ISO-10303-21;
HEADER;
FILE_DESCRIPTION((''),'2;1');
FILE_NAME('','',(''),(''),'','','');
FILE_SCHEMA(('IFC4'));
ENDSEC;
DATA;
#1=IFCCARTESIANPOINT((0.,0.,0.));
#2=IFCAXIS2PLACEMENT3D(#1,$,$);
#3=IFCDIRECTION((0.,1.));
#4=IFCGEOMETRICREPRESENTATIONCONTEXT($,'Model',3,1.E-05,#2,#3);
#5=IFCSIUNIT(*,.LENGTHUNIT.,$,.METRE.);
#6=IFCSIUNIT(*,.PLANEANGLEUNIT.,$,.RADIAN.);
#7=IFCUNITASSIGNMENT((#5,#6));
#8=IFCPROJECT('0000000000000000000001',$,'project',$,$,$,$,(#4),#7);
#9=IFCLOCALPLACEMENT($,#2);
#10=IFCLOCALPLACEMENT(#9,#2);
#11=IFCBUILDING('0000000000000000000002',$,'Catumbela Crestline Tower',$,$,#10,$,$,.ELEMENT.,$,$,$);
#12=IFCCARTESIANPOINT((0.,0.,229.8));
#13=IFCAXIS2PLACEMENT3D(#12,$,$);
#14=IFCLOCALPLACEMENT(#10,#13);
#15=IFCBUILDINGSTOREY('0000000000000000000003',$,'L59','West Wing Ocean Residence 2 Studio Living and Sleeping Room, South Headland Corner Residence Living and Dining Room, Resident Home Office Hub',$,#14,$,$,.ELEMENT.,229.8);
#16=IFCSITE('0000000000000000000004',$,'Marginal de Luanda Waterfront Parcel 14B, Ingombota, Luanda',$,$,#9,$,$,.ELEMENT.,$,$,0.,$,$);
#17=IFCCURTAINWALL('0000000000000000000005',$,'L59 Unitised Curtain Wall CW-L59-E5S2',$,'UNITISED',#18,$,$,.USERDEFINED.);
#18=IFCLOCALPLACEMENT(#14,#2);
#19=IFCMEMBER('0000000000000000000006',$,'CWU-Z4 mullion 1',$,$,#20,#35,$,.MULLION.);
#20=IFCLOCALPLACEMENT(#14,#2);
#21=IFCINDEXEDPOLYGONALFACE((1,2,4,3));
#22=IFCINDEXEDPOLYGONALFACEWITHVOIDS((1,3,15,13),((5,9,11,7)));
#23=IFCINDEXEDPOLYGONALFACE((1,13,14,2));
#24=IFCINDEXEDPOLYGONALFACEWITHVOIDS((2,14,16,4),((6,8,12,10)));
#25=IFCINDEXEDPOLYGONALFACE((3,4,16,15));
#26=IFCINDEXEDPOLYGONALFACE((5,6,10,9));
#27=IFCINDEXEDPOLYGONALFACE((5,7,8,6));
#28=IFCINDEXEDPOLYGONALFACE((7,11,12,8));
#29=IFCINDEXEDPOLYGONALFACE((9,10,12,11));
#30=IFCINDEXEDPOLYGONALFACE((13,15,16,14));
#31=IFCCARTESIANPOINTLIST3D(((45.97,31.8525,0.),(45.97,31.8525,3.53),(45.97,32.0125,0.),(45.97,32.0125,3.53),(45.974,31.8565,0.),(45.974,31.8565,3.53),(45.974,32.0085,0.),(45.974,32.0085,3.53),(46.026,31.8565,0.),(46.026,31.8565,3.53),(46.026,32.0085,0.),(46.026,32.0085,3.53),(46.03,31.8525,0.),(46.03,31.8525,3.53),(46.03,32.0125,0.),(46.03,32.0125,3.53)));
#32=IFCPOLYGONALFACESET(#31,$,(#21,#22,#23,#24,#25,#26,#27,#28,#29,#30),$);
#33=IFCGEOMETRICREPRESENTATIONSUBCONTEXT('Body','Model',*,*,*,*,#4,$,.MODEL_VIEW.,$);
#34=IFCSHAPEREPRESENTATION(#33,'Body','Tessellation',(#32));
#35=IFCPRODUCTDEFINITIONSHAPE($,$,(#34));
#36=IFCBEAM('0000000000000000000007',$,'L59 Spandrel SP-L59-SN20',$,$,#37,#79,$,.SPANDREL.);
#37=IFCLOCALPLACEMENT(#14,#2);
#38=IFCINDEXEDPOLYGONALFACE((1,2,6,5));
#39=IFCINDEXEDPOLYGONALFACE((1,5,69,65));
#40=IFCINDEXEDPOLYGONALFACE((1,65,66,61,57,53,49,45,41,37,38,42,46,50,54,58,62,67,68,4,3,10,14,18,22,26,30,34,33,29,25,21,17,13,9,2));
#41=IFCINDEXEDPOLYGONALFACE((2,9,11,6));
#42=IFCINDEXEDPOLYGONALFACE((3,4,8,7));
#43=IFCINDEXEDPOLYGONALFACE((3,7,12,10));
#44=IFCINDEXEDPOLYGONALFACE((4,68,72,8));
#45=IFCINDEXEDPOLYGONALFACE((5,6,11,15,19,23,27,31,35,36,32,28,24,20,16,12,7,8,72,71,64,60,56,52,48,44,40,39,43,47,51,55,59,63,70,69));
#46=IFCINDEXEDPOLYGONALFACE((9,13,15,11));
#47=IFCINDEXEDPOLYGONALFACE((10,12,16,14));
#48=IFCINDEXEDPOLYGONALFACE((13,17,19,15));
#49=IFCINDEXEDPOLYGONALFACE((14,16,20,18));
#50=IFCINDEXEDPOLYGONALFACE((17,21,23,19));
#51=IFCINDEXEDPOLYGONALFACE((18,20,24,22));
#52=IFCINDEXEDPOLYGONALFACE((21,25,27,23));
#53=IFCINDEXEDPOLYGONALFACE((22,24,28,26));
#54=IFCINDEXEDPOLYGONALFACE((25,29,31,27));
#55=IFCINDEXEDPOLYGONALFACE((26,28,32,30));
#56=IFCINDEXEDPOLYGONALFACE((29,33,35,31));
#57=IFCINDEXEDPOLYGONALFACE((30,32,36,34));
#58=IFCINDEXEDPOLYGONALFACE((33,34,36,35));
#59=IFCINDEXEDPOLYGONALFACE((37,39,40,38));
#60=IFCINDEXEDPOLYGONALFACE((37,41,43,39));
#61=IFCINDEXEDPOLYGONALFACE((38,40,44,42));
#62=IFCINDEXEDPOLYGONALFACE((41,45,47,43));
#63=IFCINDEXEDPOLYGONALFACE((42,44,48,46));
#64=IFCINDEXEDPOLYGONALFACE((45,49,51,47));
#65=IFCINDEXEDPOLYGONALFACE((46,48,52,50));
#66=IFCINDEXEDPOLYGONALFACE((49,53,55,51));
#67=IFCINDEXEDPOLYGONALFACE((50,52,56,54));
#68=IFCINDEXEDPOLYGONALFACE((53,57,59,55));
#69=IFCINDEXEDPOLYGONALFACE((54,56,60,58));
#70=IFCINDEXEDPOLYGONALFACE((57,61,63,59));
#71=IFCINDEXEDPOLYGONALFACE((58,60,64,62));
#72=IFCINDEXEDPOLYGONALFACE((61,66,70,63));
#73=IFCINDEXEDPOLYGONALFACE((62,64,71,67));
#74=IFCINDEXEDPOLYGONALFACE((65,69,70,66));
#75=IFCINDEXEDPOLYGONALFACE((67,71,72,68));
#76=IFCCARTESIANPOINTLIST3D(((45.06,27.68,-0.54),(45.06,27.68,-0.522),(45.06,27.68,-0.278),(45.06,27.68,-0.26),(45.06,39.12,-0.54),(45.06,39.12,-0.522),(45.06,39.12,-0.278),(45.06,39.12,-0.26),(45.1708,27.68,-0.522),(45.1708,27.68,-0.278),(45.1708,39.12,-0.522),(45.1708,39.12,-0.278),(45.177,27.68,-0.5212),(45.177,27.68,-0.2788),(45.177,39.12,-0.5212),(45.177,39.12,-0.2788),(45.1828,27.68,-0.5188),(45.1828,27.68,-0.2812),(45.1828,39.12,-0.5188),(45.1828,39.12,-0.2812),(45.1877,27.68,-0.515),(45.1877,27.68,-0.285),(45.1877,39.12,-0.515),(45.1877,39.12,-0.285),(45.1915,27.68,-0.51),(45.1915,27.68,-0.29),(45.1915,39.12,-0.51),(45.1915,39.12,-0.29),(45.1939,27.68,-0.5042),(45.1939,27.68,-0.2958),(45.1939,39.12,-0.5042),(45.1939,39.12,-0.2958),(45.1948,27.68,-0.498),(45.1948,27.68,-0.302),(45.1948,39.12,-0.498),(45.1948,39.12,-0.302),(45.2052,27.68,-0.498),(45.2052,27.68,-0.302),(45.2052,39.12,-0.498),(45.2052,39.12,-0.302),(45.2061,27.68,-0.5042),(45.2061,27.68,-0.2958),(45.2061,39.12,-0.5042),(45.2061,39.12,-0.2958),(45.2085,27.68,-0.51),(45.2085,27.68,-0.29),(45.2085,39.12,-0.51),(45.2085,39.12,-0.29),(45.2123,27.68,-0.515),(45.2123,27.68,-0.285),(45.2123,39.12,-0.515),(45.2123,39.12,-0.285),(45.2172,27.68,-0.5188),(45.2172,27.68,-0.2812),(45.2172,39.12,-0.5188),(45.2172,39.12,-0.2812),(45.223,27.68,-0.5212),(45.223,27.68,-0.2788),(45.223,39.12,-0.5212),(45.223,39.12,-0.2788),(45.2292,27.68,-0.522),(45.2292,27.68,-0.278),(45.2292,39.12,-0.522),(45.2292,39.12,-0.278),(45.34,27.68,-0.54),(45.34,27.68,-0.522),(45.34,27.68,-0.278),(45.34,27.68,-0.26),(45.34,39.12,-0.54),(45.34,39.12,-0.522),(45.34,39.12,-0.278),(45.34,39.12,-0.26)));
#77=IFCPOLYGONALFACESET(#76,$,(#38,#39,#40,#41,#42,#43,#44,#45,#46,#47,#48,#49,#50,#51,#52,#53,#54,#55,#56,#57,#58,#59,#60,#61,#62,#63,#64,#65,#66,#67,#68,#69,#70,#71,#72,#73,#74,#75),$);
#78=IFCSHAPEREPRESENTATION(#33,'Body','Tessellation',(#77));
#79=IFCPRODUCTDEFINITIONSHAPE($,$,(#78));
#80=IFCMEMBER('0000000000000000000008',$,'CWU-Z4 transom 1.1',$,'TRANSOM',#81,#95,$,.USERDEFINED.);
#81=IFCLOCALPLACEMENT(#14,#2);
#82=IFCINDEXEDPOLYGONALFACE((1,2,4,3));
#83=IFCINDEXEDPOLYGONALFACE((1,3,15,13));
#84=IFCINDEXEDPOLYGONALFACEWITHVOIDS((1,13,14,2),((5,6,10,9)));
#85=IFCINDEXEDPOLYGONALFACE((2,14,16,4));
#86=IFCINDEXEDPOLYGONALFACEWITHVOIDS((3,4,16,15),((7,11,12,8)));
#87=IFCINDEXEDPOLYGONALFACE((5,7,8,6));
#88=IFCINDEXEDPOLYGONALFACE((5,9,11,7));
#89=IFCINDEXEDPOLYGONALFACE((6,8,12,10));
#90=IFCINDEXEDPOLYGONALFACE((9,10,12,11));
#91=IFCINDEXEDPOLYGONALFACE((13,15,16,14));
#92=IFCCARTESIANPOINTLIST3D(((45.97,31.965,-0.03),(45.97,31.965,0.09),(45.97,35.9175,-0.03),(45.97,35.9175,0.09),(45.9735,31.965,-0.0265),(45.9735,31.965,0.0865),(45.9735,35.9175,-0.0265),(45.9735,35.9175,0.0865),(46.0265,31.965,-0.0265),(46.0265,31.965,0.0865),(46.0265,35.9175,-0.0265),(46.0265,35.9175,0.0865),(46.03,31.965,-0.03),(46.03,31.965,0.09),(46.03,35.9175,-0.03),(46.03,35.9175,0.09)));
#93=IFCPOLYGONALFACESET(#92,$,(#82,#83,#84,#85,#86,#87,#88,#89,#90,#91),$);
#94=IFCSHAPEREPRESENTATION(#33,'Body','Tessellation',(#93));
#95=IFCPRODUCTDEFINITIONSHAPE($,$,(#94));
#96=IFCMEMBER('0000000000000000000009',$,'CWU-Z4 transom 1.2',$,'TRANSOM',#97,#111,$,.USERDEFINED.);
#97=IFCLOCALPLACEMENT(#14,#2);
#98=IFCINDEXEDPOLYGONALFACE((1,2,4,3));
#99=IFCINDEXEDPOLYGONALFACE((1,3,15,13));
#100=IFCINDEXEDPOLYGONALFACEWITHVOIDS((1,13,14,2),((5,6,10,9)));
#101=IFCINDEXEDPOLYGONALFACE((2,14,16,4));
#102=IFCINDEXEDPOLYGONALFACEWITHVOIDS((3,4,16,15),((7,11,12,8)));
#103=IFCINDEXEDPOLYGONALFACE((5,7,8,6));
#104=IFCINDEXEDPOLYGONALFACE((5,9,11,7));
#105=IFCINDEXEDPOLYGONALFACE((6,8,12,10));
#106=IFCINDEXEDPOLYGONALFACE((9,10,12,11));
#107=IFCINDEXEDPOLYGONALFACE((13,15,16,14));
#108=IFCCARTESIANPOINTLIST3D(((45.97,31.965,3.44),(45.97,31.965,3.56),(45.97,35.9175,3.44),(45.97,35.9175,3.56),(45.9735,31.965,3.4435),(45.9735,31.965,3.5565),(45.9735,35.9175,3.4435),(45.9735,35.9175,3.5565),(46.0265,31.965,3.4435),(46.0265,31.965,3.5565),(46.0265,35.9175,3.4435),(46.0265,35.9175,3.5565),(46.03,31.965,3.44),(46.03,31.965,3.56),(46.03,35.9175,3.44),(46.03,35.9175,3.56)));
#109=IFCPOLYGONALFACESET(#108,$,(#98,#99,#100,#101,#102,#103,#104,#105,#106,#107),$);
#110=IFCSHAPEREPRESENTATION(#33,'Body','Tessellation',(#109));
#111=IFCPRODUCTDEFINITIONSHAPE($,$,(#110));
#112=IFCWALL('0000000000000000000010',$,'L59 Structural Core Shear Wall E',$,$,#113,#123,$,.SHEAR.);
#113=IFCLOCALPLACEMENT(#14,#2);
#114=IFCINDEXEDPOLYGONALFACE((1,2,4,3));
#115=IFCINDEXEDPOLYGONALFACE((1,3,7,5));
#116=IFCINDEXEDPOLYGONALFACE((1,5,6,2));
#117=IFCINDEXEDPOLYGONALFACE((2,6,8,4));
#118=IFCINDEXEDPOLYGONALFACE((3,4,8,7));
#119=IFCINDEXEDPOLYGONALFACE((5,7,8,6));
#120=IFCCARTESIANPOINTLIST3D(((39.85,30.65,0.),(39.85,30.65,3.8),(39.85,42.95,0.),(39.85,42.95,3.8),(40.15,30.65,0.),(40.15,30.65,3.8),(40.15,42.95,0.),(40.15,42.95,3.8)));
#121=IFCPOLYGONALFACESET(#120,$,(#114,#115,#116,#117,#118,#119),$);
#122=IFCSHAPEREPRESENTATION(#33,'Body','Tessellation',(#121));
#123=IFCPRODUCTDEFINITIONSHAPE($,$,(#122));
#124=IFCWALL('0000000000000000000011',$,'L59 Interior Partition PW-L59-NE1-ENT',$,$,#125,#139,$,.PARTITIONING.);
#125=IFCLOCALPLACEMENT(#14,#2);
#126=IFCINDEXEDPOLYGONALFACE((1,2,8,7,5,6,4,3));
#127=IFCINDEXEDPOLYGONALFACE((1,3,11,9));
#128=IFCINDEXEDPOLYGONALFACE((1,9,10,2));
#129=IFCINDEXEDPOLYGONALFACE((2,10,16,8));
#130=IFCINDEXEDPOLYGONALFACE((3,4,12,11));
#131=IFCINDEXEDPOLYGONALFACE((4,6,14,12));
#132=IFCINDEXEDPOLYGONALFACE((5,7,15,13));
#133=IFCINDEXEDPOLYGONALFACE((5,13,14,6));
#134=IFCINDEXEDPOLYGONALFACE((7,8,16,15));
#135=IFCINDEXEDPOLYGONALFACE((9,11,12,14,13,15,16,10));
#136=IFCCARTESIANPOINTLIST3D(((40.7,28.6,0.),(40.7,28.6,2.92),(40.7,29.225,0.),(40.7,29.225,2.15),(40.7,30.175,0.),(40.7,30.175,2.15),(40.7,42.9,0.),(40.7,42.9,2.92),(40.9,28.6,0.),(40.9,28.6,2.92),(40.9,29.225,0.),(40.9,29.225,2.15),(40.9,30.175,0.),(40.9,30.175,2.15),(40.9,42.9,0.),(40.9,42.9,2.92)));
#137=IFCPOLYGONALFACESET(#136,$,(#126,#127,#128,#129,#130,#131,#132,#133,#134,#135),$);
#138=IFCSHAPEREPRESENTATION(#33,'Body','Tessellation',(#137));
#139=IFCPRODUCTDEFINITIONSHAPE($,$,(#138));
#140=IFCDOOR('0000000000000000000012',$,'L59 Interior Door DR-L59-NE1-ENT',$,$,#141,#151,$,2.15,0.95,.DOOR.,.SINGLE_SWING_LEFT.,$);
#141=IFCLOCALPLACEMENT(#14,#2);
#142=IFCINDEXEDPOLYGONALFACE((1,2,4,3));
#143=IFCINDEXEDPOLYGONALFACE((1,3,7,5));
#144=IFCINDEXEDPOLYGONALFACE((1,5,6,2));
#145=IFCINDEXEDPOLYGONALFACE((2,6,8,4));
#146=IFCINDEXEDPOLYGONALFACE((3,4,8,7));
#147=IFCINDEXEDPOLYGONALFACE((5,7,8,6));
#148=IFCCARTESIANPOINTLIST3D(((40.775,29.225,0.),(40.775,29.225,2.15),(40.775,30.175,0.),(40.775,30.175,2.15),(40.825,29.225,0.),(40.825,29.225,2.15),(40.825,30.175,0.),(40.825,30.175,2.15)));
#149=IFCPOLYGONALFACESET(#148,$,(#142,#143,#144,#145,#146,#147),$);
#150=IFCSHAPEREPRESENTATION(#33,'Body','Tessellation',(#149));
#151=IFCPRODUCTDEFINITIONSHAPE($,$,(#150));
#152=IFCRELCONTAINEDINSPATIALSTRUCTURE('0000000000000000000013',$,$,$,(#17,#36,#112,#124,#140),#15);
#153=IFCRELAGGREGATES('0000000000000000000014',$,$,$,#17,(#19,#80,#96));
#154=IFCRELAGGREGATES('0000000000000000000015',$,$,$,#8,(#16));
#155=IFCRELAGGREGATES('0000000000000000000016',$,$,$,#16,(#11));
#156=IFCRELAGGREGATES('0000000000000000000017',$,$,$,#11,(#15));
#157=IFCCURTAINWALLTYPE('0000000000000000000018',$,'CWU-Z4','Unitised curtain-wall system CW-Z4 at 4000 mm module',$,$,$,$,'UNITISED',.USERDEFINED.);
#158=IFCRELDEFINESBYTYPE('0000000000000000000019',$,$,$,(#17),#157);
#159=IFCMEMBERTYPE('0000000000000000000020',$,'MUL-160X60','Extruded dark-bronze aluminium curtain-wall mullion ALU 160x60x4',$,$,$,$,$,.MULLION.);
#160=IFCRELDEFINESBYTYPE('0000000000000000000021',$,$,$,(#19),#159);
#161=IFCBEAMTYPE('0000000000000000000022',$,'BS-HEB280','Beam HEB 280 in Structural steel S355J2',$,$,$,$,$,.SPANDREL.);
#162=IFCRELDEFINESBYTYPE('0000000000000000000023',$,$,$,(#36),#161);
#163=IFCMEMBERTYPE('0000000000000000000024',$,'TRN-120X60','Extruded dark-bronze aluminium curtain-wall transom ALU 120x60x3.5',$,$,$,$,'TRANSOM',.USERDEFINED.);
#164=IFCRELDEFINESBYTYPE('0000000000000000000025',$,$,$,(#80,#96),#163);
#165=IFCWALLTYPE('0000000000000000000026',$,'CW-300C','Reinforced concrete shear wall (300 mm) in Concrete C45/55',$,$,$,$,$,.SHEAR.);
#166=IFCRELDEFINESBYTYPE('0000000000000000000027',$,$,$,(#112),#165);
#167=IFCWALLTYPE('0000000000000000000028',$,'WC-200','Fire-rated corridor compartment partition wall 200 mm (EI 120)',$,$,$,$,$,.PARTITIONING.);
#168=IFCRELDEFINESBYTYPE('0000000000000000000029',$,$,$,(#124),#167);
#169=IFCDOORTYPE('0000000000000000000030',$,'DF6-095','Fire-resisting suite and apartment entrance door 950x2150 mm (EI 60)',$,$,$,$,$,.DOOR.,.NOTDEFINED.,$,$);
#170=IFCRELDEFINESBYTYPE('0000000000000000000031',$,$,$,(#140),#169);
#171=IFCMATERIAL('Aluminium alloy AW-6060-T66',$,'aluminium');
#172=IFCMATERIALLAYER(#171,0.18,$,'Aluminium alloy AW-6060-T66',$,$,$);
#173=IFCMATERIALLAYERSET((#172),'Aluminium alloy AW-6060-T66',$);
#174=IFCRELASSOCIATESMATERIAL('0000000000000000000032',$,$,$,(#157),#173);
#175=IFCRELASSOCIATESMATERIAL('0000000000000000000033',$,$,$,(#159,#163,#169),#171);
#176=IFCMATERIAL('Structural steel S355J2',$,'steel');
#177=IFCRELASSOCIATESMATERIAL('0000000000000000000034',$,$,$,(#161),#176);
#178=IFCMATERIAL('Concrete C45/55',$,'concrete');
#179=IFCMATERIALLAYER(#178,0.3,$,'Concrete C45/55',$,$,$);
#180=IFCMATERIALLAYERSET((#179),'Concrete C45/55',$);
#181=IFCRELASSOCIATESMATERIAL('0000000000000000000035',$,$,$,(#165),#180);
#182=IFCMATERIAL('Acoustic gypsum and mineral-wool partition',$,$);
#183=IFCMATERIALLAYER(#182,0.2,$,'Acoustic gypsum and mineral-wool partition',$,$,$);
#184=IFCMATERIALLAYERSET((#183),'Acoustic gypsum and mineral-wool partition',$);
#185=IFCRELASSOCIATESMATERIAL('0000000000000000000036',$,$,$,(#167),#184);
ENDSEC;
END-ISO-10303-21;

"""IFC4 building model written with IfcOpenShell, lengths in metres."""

from ifc_helpers import new_model, si_unit, direction, frame, frame_2d, origin, origin_2d, place, context, subcontext, project, spatial, rectangle, hollow_rectangle, i_section, extrude, material, layer, layer_set, material_profile, profile_set, type_object, element, fill, aggregate, save


model = new_model("IFC4")

# Units and contexts
model_context = context("Model", 3, precision=1e-05, world=origin(), true_north=direction((0.0, 1.0)))
body_context = subcontext(model_context, "Body", "Model", "MODEL_VIEW")
ifc_project = project(units=[si_unit("LENGTHUNIT", "METRE"), si_unit("PLANEANGLEUNIT", "RADIAN")], contexts=[model_context])

# Site, building, storey
site_placement = place(None, origin())
site = spatial("IfcSite", under=ifc_project, at=site_placement, Name="Marginal de Luanda Waterfront Parcel 14B, Ingombota, Luanda", CompositionType="ELEMENT", RefElevation=0.0)
building_placement = place(site_placement, origin())
building = spatial("IfcBuilding", under=site, at=building_placement, Name="Catumbela Crestline Tower", CompositionType="ELEMENT")
storey_placement = place(building_placement, frame((0.0, 0.0, 229.8)))
storey = spatial("IfcBuildingStorey", under=building, at=storey_placement, Name="L59", Description="West Wing Ocean Residence 2 Studio Living and Sleeping Room, South Headland Corner Residence Living and Dining Room, Resident Home Office Hub", CompositionType="ELEMENT", Elevation=229.8)

# Shared definitions
ifc_material_1 = material(Name="Structural steel S355J2", Category="steel")

# Curtain wall, member
ifc_material_2 = material(Name="Aluminium alloy AW-6060-T66", Category="aluminium")
ifc_layer_1 = layer(ifc_material_2, 0.18, Name="Aluminium alloy AW-6060-T66")
ifc_layer_set_1 = layer_set([ifc_layer_1], Name="Aluminium alloy AW-6060-T66")
curtain_wall_type = type_object("IfcCurtainWallType", Name="CWU-Z4", Description="Unitised curtain-wall system CW-Z4 at 4000 mm module", ElementType="UNITISED", PredefinedType="USERDEFINED", material=ifc_layer_set_1)
curtain_wall_placement = place(storey_placement, origin())
curtain_wall = element("IfcCurtainWall", 1, at=curtain_wall_placement, inside=storey, type_object=curtain_wall_type, Name="L59 Unitised Curtain Wall CW-L59-E5S2", ObjectType="UNITISED", PredefinedType="USERDEFINED")
ifc_material_profile_1 = material_profile(ifc_material_2, hollow_rectangle(XDim=0.06, YDim=0.16, WallThickness=0.004, at=origin_2d()), Name="ALU 160x60x4")
ifc_profile_set_1 = profile_set([ifc_material_profile_1], Name="Aluminium alloy AW-6060-T66")
member_type_1 = type_object("IfcMemberType", Name="MUL-160X60", Description="Extruded dark-bronze aluminium curtain-wall mullion ALU 160x60x4", PredefinedType="MULLION", material=ifc_profile_set_1)
member_1_placement = place(storey_placement, frame((46.0, 31.9325, 0.0), z_axis=(0.0, 0.0, 1.0), x_axis=(-1.0, 0.0, 0.0)))
member_1 = element("IfcMember", 2, at=member_1_placement, type_object=member_type_1, Name="CWU-Z4 mullion 1", PredefinedType="MULLION", context=body_context, shape_type="SweptSolid", body=[
    extrude(hollow_rectangle(XDim=0.06, YDim=0.16, WallThickness=0.004, at=origin_2d()), origin(), (0.0, 0.0, 1.0), 3.53),
])

# Beam
ifc_material_profile_2 = material_profile(ifc_material_1, i_section(OverallWidth=0.28, OverallDepth=0.28, WebThickness=0.0105, FlangeThickness=0.018, FilletRadius=0.024, at=origin_2d()), Name="HEB 280")
ifc_profile_set_2 = profile_set([ifc_material_profile_2], Name="Structural steel S355J2")
beam_type_1 = type_object("IfcBeamType", Name="BS-HEB280", Description="Beam HEB 280 in Structural steel S355J2", PredefinedType="SPANDREL", material=ifc_profile_set_2)
beam_1_placement = place(storey_placement, frame((45.2, 27.68, -0.4), z_axis=(0.0, 1.0, 0.0), x_axis=(-1.0, 0.0, 0.0)))
element("IfcBeam", 3, at=beam_1_placement, inside=storey, type_object=beam_type_1, Name="L59 Spandrel SP-L59-SN20", PredefinedType="SPANDREL", context=body_context, shape_type="SweptSolid", body=[
    extrude(i_section(OverallWidth=0.28, OverallDepth=0.28, WebThickness=0.0105, FlangeThickness=0.018, FilletRadius=0.024, at=origin_2d()), origin(), (0.0, 0.0, 1.0), 11.44),
])

# Members
ifc_material_profile_3 = material_profile(ifc_material_2, hollow_rectangle(XDim=0.06, YDim=0.12, WallThickness=0.0035, at=origin_2d()), Name="ALU 120x60x3.5")
ifc_profile_set_3 = profile_set([ifc_material_profile_3], Name="Aluminium alloy AW-6060-T66")
member_type_2 = type_object("IfcMemberType", Name="TRN-120X60", Description="Extruded dark-bronze aluminium curtain-wall transom ALU 120x60x3.5", ElementType="TRANSOM", PredefinedType="USERDEFINED", material=ifc_profile_set_3)
member_2_placement = place(storey_placement, frame((46.0, 31.965, 0.03), z_axis=(0.0, 1.0, 0.0), x_axis=(-1.0, 0.0, 0.0)))
member_2 = element("IfcMember", 4, at=member_2_placement, type_object=member_type_2, Name="CWU-Z4 transom 1.1", ObjectType="TRANSOM", PredefinedType="USERDEFINED", context=body_context, shape_type="SweptSolid", body=[
    extrude(hollow_rectangle(XDim=0.06, YDim=0.12, WallThickness=0.0035, at=origin_2d()), origin(), (0.0, 0.0, 1.0), 3.9525),
])
member_3_placement = place(storey_placement, frame((46.0, 31.965, 3.5), z_axis=(0.0, 1.0, 0.0), x_axis=(-1.0, 0.0, 0.0)))
member_3 = element("IfcMember", 5, at=member_3_placement, type_object=member_type_2, Name="CWU-Z4 transom 1.2", ObjectType="TRANSOM", PredefinedType="USERDEFINED", context=body_context, shape_type="SweptSolid", body=[
    extrude(hollow_rectangle(XDim=0.06, YDim=0.12, WallThickness=0.0035, at=origin_2d()), origin(), (0.0, 0.0, 1.0), 3.9525),
])
aggregate(curtain_wall, [member_1, member_2, member_3])

# Wall
ifc_material_3 = material(Name="Concrete C45/55", Category="concrete")
ifc_layer_2 = layer(ifc_material_3, 0.3, Name="Concrete C45/55")
ifc_layer_set_2 = layer_set([ifc_layer_2], Name="Concrete C45/55")
wall_type_1 = type_object("IfcWallType", Name="CW-300C", Description="Reinforced concrete shear wall (300 mm) in Concrete C45/55", PredefinedType="SHEAR", material=ifc_layer_set_2)
wall_1_placement = place(storey_placement, frame((40.0, 30.65, 0.0), z_axis=(0.0, 0.0, 1.0), x_axis=(0.0, 1.0, 0.0)))
element("IfcWall", 6, at=wall_1_placement, inside=storey, type_object=wall_type_1, Name="L59 Structural Core Shear Wall E", PredefinedType="SHEAR", context=body_context, shape_type="SweptSolid", body=[
    extrude(rectangle(XDim=12.3, YDim=0.3, at=frame_2d((6.15, 0.0))), origin(), (0.0, 0.0, 1.0), 3.8),
])

# Wall, opening, door
ifc_material_4 = material(Name="Acoustic gypsum and mineral-wool partition")
ifc_layer_3 = layer(ifc_material_4, 0.2, Name="Acoustic gypsum and mineral-wool partition")
ifc_layer_set_3 = layer_set([ifc_layer_3], Name="Acoustic gypsum and mineral-wool partition")
wall_type_2 = type_object("IfcWallType", Name="WC-200", Description="Fire-rated corridor compartment partition wall 200 mm (EI 120)", PredefinedType="PARTITIONING", material=ifc_layer_set_3)
wall_2_placement = place(storey_placement, frame((40.8, 28.6, 0.0), z_axis=(0.0, 0.0, 1.0), x_axis=(0.0, 1.0, 0.0)))
wall_2 = element("IfcWall", 7, at=wall_2_placement, inside=storey, type_object=wall_type_2, Name="L59 Interior Partition PW-L59-NE1-ENT", PredefinedType="PARTITIONING", context=body_context, shape_type="SweptSolid", body=[
    extrude(rectangle(XDim=14.3, YDim=0.2, at=frame_2d((7.15, 0.0))), origin(), (0.0, 0.0, 1.0), 2.92),
])
opening_1_placement = place(wall_2_placement, frame((0.625, 0.0, 0.0)))
opening_1 = element("IfcOpeningElement", 8, at=opening_1_placement, cuts=wall_2, PredefinedType="OPENING", context=body_context, shape_type="SweptSolid", body=[
    extrude(rectangle(XDim=0.95, YDim=2.15, at=frame_2d((0.475, 1.075))), frame((0.0, 0.11, 0.0), z_axis=(0.0, -1.0, 0.0), x_axis=(1.0, 0.0, 0.0)), (0.0, 0.0, 1.0), 0.22),
])
door_type_1 = type_object("IfcDoorType", Name="DF6-095", Description="Fire-resisting suite and apartment entrance door 950x2150 mm (EI 60)", OperationType="NOTDEFINED", PredefinedType="DOOR", material=ifc_material_2)
door_1_placement = place(opening_1_placement, origin())
door_1 = element("IfcDoor", 9, at=door_1_placement, inside=storey, type_object=door_type_1, Name="L59 Interior Door DR-L59-NE1-ENT", OperationType="SINGLE_SWING_LEFT", OverallHeight=2.15, OverallWidth=0.95, PredefinedType="DOOR", context=body_context, shape_type="SweptSolid", body=[
    extrude(rectangle(XDim=0.95, YDim=2.15, at=frame_2d((0.475, 1.075))), frame((0.0, 0.025, 0.0), z_axis=(0.0, -1.0, 0.0), x_axis=(1.0, 0.0, 0.0)), (0.0, 0.0, 1.0), 0.05),
])
fill(opening_1, door_1)

save(model, "model.ifc")
